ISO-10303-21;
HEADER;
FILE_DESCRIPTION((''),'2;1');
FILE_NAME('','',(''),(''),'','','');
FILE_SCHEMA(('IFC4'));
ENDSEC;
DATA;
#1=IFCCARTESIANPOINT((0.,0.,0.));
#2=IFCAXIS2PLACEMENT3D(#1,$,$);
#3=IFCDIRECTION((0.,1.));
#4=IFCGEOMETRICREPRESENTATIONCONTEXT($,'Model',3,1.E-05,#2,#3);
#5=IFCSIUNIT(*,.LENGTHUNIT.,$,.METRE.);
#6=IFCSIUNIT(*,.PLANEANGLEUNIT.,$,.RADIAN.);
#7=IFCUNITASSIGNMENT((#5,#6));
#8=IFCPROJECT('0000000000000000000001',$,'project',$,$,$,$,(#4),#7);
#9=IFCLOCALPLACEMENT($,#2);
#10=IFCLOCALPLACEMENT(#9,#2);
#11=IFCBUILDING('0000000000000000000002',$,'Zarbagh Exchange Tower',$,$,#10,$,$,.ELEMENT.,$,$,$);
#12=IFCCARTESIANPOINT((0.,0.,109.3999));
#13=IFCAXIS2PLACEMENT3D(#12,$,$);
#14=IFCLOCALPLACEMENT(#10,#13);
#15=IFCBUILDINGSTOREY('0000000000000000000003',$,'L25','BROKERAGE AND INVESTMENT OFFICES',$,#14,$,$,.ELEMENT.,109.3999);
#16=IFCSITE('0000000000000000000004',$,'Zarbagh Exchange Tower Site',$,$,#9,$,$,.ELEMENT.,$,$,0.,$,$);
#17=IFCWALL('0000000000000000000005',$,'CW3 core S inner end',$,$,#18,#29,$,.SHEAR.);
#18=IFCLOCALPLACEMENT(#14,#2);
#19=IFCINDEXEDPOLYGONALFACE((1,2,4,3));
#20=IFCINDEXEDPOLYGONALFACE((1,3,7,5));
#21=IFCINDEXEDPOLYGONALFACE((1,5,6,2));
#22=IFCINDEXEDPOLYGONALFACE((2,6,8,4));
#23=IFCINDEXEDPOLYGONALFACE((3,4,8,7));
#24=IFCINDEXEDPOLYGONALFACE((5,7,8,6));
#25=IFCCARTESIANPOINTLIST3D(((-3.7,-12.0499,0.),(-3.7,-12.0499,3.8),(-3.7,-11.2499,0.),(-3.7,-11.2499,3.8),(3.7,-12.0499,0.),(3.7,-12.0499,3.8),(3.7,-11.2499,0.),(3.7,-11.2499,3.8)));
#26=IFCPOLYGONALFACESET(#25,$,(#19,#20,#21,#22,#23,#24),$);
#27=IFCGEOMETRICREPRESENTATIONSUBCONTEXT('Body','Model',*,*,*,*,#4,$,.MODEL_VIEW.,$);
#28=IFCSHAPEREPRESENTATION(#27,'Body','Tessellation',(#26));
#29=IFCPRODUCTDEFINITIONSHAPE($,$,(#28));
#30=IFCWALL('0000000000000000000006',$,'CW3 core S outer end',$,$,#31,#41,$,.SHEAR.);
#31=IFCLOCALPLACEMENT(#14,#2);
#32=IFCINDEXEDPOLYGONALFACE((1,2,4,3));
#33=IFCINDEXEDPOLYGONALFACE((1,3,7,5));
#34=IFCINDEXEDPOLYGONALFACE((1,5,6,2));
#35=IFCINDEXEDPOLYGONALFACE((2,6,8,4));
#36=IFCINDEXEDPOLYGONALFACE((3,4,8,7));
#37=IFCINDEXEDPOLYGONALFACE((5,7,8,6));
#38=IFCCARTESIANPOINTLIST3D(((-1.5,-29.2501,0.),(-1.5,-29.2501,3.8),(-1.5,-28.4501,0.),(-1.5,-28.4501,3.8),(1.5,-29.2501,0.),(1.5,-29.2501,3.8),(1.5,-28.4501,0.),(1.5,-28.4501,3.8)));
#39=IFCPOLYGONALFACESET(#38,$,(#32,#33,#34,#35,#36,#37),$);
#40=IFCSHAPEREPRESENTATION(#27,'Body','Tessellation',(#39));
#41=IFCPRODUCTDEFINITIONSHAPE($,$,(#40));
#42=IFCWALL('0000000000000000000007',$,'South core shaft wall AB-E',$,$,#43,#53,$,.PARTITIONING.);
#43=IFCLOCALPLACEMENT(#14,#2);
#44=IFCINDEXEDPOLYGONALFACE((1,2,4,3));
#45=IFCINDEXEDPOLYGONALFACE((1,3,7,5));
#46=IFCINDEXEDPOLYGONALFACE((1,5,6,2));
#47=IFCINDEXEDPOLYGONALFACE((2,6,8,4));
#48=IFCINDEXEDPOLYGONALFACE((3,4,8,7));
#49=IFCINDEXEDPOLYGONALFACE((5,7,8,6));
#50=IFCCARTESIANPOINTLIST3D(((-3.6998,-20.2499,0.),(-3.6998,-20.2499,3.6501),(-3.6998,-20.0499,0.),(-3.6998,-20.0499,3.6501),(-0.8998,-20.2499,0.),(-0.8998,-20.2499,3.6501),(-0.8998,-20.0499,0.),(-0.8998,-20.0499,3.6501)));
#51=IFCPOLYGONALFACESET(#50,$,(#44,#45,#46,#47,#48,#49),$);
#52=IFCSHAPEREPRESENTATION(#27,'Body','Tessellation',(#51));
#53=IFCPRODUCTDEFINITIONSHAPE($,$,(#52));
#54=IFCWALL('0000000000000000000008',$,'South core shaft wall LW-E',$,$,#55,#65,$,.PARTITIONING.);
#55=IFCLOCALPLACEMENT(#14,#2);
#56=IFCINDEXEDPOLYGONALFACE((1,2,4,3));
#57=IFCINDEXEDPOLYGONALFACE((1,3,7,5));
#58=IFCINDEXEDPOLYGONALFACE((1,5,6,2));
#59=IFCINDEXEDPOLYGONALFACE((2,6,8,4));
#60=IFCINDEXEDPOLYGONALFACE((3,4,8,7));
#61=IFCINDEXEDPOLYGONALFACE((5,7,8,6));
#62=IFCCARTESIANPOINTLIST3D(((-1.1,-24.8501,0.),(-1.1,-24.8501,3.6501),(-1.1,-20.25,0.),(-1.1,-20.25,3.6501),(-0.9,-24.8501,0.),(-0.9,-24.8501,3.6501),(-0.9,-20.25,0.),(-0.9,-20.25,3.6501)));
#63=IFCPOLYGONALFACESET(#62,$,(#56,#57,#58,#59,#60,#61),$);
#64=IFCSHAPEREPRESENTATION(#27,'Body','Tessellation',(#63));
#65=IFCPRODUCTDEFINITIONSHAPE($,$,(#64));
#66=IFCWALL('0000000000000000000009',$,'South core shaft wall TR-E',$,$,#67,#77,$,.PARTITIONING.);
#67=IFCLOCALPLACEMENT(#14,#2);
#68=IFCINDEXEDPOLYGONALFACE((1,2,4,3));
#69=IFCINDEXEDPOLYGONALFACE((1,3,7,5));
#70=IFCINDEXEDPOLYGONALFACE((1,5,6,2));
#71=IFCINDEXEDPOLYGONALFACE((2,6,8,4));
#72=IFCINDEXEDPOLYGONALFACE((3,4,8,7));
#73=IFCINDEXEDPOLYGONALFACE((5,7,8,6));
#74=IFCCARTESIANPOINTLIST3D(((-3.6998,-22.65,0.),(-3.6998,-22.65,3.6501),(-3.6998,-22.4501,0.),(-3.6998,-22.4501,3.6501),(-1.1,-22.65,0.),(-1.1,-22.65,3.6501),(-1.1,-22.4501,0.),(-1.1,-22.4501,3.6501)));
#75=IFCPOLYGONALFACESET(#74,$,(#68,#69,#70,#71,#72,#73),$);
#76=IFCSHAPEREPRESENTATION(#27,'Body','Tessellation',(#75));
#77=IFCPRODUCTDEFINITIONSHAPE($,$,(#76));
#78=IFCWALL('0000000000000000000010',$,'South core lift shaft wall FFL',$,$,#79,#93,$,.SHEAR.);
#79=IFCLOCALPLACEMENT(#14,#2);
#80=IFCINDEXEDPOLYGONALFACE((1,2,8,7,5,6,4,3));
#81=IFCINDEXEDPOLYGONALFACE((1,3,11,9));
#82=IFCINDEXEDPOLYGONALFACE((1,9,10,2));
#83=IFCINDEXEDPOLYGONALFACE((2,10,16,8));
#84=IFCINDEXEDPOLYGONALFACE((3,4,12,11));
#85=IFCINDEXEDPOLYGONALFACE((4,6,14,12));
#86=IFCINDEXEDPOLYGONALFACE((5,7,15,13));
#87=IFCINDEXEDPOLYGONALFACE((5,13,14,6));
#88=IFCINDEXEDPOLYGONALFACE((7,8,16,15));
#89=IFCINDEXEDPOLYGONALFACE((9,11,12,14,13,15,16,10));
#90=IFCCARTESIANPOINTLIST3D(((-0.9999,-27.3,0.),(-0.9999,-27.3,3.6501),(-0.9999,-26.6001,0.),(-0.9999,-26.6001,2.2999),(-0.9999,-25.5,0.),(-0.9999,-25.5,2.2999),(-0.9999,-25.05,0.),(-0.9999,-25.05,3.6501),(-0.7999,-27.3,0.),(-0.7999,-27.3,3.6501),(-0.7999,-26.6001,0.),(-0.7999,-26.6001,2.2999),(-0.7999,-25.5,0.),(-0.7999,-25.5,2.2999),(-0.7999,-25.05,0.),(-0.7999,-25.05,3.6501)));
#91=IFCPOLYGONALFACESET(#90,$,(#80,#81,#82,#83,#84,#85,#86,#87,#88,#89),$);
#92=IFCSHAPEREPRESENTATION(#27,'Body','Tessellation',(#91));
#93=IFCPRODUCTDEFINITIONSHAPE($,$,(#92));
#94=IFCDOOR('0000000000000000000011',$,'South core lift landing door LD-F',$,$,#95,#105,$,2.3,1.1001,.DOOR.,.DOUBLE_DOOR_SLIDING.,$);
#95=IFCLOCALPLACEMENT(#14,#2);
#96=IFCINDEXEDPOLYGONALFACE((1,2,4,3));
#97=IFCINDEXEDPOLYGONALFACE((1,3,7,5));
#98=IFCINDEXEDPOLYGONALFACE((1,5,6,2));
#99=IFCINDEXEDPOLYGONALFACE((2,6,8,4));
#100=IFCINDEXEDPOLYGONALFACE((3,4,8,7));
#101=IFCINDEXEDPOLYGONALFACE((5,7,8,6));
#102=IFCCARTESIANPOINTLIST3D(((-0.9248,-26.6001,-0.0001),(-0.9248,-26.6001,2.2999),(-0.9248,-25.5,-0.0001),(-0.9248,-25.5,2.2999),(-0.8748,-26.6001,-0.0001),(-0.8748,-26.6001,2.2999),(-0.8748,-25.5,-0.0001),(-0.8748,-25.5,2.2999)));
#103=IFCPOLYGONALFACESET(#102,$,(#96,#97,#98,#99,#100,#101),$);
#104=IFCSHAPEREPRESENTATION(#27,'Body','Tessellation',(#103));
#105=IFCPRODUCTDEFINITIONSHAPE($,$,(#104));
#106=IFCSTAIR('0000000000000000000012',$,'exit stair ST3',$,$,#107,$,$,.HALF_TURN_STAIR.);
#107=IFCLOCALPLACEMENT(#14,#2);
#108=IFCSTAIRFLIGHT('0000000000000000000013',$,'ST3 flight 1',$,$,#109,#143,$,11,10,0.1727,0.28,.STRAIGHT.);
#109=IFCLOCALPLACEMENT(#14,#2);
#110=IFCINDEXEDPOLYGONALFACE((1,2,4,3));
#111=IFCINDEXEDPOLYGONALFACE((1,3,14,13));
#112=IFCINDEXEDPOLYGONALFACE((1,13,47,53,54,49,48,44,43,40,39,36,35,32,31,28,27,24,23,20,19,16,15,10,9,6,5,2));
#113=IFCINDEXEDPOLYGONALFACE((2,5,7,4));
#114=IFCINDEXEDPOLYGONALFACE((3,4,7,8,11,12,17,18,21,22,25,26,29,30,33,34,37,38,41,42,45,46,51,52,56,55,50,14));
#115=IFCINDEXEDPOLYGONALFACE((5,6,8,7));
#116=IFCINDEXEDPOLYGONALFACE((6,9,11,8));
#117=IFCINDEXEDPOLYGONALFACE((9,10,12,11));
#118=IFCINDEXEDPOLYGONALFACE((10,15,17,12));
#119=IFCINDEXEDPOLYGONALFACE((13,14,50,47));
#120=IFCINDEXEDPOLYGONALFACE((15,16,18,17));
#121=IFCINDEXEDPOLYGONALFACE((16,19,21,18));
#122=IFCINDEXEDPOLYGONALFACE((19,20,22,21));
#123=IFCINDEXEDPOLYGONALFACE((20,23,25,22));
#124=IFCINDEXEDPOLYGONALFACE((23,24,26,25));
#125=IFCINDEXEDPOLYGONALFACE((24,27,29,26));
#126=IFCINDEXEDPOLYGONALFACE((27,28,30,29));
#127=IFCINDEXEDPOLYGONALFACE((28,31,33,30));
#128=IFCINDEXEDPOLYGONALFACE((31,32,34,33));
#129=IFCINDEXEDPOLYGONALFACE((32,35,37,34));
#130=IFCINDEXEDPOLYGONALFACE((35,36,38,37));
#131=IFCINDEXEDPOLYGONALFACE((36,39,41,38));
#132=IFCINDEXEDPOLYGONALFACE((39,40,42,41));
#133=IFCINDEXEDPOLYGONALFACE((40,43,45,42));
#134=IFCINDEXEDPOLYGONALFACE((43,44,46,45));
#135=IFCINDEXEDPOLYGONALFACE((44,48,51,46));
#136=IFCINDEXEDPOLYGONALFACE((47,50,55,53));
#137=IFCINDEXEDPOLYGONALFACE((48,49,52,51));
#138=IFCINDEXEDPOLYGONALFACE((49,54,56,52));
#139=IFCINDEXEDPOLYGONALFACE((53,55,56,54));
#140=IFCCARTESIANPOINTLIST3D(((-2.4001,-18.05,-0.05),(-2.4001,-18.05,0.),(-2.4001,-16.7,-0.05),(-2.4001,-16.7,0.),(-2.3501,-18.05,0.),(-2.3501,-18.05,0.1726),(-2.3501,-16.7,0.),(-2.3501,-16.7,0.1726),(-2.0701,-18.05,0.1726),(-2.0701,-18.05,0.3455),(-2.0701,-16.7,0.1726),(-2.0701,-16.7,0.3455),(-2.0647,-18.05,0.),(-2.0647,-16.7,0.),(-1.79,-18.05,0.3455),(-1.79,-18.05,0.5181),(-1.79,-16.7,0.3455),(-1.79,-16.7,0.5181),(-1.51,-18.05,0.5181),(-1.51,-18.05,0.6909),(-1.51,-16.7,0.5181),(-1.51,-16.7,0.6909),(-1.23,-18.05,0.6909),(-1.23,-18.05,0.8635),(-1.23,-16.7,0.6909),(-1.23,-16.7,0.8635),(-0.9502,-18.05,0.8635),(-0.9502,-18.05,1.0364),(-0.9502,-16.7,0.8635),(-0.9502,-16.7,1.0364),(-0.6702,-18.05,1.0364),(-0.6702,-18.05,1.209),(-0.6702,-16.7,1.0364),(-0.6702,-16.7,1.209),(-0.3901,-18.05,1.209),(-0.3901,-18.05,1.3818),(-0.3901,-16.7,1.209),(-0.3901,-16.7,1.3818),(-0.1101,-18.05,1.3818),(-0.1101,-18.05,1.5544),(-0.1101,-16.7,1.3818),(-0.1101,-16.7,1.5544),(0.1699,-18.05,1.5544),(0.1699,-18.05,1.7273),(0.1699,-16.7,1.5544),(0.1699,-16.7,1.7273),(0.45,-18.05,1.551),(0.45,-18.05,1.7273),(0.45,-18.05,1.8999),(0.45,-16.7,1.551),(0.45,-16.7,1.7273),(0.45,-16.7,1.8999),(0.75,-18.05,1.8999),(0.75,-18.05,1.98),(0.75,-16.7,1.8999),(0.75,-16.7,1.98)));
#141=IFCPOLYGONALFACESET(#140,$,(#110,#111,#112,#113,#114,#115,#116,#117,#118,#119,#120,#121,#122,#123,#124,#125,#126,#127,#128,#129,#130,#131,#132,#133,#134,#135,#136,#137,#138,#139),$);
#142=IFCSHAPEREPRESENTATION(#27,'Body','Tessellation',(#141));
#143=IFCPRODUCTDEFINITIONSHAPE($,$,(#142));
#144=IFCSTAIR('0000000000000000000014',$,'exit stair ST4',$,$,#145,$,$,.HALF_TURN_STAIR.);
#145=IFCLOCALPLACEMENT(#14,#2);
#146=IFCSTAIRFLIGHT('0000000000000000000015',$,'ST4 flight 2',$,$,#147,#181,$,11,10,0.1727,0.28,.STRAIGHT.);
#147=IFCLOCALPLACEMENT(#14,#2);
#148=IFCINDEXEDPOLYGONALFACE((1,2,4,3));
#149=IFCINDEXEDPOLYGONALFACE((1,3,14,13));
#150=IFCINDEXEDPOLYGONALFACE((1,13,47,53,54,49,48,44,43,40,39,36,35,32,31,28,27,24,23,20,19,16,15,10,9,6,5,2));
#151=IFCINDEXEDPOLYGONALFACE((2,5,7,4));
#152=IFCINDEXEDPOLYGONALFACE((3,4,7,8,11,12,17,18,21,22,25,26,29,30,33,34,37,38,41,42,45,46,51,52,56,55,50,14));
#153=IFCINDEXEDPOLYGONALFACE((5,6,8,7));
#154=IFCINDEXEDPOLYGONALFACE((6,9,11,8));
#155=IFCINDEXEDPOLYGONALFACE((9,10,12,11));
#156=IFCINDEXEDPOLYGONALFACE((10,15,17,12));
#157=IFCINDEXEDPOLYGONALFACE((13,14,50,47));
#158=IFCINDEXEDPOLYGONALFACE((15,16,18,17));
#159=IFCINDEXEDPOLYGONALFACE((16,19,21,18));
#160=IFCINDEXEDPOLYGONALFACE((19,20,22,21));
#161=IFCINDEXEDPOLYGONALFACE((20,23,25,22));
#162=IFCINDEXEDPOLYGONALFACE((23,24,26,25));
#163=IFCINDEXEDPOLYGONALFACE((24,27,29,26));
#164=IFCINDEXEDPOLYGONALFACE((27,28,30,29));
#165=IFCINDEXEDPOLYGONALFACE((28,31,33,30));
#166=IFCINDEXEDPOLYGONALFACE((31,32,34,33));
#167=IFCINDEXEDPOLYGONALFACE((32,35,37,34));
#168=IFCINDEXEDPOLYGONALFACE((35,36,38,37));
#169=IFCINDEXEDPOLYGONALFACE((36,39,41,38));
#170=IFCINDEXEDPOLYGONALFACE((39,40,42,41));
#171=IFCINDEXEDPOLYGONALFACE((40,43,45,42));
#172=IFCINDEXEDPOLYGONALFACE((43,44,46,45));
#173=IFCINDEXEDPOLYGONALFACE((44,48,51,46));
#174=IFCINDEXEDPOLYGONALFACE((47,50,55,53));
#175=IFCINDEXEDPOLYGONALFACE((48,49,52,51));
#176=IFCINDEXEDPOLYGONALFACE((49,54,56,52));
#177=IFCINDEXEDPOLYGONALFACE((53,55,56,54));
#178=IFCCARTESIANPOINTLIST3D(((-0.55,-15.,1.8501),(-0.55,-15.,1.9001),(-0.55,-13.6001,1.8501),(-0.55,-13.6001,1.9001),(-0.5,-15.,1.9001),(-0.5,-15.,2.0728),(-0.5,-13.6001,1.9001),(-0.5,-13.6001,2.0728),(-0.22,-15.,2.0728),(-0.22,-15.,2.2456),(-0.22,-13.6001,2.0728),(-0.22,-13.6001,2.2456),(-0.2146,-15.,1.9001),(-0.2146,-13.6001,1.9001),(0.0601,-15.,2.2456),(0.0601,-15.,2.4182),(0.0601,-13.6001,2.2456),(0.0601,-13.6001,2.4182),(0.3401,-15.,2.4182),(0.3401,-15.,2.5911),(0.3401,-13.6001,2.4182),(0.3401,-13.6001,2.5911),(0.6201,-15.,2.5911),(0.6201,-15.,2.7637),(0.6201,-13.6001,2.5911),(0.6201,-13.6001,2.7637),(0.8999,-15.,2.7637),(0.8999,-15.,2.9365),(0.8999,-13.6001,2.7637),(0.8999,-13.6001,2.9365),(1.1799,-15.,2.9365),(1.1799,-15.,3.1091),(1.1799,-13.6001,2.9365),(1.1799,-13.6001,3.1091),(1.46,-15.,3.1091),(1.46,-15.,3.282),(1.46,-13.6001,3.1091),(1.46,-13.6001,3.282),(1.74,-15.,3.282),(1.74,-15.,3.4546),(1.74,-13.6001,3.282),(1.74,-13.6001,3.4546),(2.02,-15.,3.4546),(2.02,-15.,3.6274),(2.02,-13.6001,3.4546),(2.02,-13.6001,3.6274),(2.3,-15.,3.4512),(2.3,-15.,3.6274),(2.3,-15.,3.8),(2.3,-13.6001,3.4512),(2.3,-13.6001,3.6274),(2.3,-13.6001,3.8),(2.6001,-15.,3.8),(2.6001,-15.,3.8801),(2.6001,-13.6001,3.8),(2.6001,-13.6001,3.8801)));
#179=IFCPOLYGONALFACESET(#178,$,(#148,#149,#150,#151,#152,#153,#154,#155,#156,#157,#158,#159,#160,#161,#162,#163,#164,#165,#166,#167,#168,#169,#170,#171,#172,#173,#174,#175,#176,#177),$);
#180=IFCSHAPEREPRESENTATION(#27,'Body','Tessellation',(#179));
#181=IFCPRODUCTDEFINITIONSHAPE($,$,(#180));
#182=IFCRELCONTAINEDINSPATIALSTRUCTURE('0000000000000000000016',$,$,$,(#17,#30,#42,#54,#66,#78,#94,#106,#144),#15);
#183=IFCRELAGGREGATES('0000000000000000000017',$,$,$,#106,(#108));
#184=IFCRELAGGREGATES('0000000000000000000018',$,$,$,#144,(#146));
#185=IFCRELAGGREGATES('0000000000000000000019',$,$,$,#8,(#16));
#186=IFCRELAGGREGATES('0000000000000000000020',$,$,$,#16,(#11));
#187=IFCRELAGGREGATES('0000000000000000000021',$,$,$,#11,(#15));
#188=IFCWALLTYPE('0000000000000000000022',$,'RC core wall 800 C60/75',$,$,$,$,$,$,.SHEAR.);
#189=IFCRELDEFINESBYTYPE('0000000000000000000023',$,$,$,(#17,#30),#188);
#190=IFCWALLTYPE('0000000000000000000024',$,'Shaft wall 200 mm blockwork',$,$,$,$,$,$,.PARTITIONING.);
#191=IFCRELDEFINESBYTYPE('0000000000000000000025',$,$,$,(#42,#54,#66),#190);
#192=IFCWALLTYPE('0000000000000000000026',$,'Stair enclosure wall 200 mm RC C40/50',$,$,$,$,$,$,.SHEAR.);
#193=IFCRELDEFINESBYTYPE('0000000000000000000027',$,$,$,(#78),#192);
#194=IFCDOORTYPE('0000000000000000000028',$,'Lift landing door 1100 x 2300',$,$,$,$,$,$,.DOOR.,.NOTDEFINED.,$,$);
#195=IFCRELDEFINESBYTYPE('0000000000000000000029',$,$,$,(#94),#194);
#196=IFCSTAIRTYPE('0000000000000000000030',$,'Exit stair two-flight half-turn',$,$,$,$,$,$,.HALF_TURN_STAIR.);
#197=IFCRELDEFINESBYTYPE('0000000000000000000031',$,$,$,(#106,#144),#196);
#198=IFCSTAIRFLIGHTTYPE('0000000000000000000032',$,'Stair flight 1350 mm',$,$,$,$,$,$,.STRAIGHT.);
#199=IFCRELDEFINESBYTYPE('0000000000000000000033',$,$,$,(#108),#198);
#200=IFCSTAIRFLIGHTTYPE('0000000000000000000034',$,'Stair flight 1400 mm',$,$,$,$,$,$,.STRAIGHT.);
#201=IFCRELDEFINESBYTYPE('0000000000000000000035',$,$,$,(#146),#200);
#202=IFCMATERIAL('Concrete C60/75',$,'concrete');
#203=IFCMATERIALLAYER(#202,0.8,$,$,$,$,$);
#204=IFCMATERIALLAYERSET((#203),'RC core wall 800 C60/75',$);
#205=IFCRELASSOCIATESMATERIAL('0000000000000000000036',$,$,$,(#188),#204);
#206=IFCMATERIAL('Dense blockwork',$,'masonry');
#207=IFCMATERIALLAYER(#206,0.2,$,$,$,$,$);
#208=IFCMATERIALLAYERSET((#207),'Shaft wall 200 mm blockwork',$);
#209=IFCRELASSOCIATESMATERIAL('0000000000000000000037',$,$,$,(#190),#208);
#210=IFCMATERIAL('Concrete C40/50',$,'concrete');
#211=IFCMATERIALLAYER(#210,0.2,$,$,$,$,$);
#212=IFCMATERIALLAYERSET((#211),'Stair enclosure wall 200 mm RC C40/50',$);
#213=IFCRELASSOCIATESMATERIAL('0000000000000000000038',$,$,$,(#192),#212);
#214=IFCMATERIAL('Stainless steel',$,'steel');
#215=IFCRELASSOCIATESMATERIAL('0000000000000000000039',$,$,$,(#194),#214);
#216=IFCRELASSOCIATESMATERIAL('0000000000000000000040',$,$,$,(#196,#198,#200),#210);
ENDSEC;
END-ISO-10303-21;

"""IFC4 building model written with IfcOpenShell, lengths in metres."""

from ifc_helpers import new_model, si_unit, direction, frame, frame_2d, origin, place, context, subcontext, project, spatial, polyline, rectangle, outline, extrude, material, layer, layer_set, type_object, element, fill, aggregate, save


model = new_model("IFC4")

# Units and contexts
model_context = context("Model", 3, precision=1e-05, world=origin(), true_north=direction((0.0, 1.0)))
body_context = subcontext(model_context, "Body", "Model", "MODEL_VIEW")
ifc_project = project(units=[si_unit("LENGTHUNIT", "METRE"), si_unit("PLANEANGLEUNIT", "RADIAN")], contexts=[model_context])

# Site, building, storey
site_placement = place(None, origin())
site = spatial("IfcSite", under=ifc_project, at=site_placement, Name="Zarbagh Exchange Tower Site", CompositionType="ELEMENT", RefElevation=0.0)
building_placement = place(site_placement, origin())
building = spatial("IfcBuilding", under=site, at=building_placement, Name="Zarbagh Exchange Tower", CompositionType="ELEMENT")
storey_placement = place(building_placement, frame((0.0, 0.0, 109.3999)))
storey = spatial("IfcBuildingStorey", under=building, at=storey_placement, Name="L25", Description="BROKERAGE AND INVESTMENT OFFICES", CompositionType="ELEMENT", Elevation=109.3999)

# Shared definitions
ifc_material_1 = material(Name="Concrete C60/75", Category="concrete")

# Shared definitions
ifc_material_2 = material(Name="Concrete C40/50", Category="concrete")

# Shared definitions
ifc_layer_1 = layer(ifc_material_1, 0.8)
ifc_layer_set_1 = layer_set([ifc_layer_1], Name="RC core wall 800 C60/75")
wall_type_1 = type_object("IfcWallType", Name="RC core wall 800 C60/75", PredefinedType="SHEAR", material=ifc_layer_set_1)

# Walls
wall_1_placement = place(storey_placement, frame((-3.7, -11.6499, 0.0), z_axis=(0.0, 0.0, 1.0), x_axis=(1.0, 0.0, 0.0)))
element("IfcWall", 1, at=wall_1_placement, inside=storey, type_object=wall_type_1, Name="CW3 core S inner end", PredefinedType="SHEAR", context=body_context, shape_type="SweptSolid", body=[
    extrude(rectangle(XDim=7.3999, YDim=0.8, at=frame_2d((3.7, 0.0))), origin(), (0.0, 0.0, 1.0), 3.8),
])
wall_2_placement = place(storey_placement, frame((-1.5, -28.8501, 0.0), z_axis=(0.0, 0.0, 1.0), x_axis=(1.0, 0.0, 0.0)))
element("IfcWall", 2, at=wall_2_placement, inside=storey, type_object=wall_type_1, Name="CW3 core S outer end", PredefinedType="SHEAR", context=body_context, shape_type="SweptSolid", body=[
    extrude(rectangle(XDim=3.0, YDim=0.8, at=frame_2d((1.5, 0.0))), origin(), (0.0, 0.0, 1.0), 3.8),
])
ifc_material_3 = material(Name="Dense blockwork", Category="masonry")
ifc_layer_2 = layer(ifc_material_3, 0.2)
ifc_layer_set_2 = layer_set([ifc_layer_2], Name="Shaft wall 200 mm blockwork")
wall_type_2 = type_object("IfcWallType", Name="Shaft wall 200 mm blockwork", PredefinedType="PARTITIONING", material=ifc_layer_set_2)
wall_3_placement = place(storey_placement, frame((-0.8999, -20.1499, 0.0), z_axis=(0.0, 0.0, 1.0), x_axis=(-1.0, 0.0, 0.0)))
element("IfcWall", 3, at=wall_3_placement, inside=storey, type_object=wall_type_2, Name="South core shaft wall AB-E", PredefinedType="PARTITIONING", context=body_context, shape_type="SweptSolid", body=[
    extrude(rectangle(XDim=2.8, YDim=0.2, at=frame_2d((1.3999, 0.0))), origin(), (0.0, 0.0, 1.0), 3.6501),
])
wall_4_placement = place(storey_placement, frame((-1.0, -24.8501, 0.0), z_axis=(0.0, 0.0, 1.0), x_axis=(0.0, 1.0, 0.0)))
element("IfcWall", 4, at=wall_4_placement, inside=storey, type_object=wall_type_2, Name="South core shaft wall LW-E", PredefinedType="PARTITIONING", context=body_context, shape_type="SweptSolid", body=[
    extrude(rectangle(XDim=4.6001, YDim=0.2, at=frame_2d((2.3, 0.0))), origin(), (0.0, 0.0, 1.0), 3.6501),
])
wall_5_placement = place(storey_placement, frame((-1.1001, -22.55, 0.0), z_axis=(0.0, 0.0, 1.0), x_axis=(-1.0, 0.0, 0.0)))
element("IfcWall", 5, at=wall_5_placement, inside=storey, type_object=wall_type_2, Name="South core shaft wall TR-E", PredefinedType="PARTITIONING", context=body_context, shape_type="SweptSolid", body=[
    extrude(rectangle(XDim=2.5999, YDim=0.2, at=frame_2d((1.2998, 0.0))), origin(), (0.0, 0.0, 1.0), 3.6501),
])

# Wall, opening, door
ifc_layer_3 = layer(ifc_material_2, 0.2)
ifc_layer_set_3 = layer_set([ifc_layer_3], Name="Stair enclosure wall 200 mm RC C40/50")
wall_type_3 = type_object("IfcWallType", Name="Stair enclosure wall 200 mm RC C40/50", PredefinedType="SHEAR", material=ifc_layer_set_3)
wall_6_placement = place(storey_placement, frame((-0.8999, -27.3, 0.0), z_axis=(0.0, 0.0, 1.0), x_axis=(0.0, 1.0, 0.0)))
wall_6 = element("IfcWall", 6, at=wall_6_placement, inside=storey, type_object=wall_type_3, Name="South core lift shaft wall FFL", PredefinedType="SHEAR", context=body_context, shape_type="SweptSolid", body=[
    extrude(rectangle(XDim=2.25, YDim=0.2, at=frame_2d((1.125, 0.0))), origin(), (0.0, 0.0, 1.0), 3.6501),
])
opening_1_placement = place(wall_6_placement, frame((0.7, 0.0, 0.0)))
opening_1 = element("IfcOpeningElement", 7, at=opening_1_placement, cuts=wall_6, PredefinedType="OPENING", context=body_context, shape_type="SweptSolid", body=[
    extrude(rectangle(XDim=1.1001, YDim=2.3, at=frame_2d((0.55, 1.1499))), frame((0.0, 0.1099, 0.0), z_axis=(0.0, -1.0, 0.0), x_axis=(1.0, 0.0, 0.0)), (0.0, 0.0, 1.0), 0.22),
])
ifc_material_4 = material(Name="Stainless steel", Category="steel")
door_type_1 = type_object("IfcDoorType", Name="Lift landing door 1100 x 2300", OperationType="NOTDEFINED", PredefinedType="DOOR", material=ifc_material_4)
door_1_placement = place(opening_1_placement, origin())
door_1 = element("IfcDoor", 8, at=door_1_placement, inside=storey, type_object=door_type_1, Name="South core lift landing door LD-F", OperationType="DOUBLE_DOOR_SLIDING", OverallHeight=2.3, OverallWidth=1.1001, PredefinedType="DOOR", context=body_context, shape_type="SweptSolid", body=[
    extrude(rectangle(XDim=1.1001, YDim=2.3, at=frame_2d((0.55, 1.1499))), frame((0.0, 0.0249, 0.0), z_axis=(0.0, -1.0, 0.0), x_axis=(1.0, 0.0, 0.0)), (0.0, 0.0, 1.0), 0.05),
])
fill(opening_1, door_1)

# Stairs, stair flights
stair_type = type_object("IfcStairType", Name="Exit stair two-flight half-turn", PredefinedType="HALF_TURN_STAIR", material=ifc_material_2)
stair_1_placement = place(storey_placement, origin())
stair_1 = element("IfcStair", 9, at=stair_1_placement, inside=storey, type_object=stair_type, Name="exit stair ST3", PredefinedType="HALF_TURN_STAIR")
stair_flight_type_1 = type_object("IfcStairFlightType", Name="Stair flight 1350 mm", PredefinedType="STRAIGHT", material=ifc_material_2)
stair_flight_1_placement = place(storey_placement, frame((-2.3501, -17.375, 0.0), z_axis=(0.0, 0.0, 1.0), x_axis=(1.0, 0.0, 0.0)))
stair_flight_1 = element("IfcStairFlight", 10, at=stair_flight_1_placement, type_object=stair_flight_type_1, Name="ST3 flight 1", NumberOfRisers=11, NumberOfTreads=10, PredefinedType="STRAIGHT", RiserHeight=0.1727, TreadLength=0.28, context=body_context, shape_type="SweptSolid", body=[
    extrude(outline(polyline([(-0.05, -0.05), (-0.05, 0.0), (0.0, 0.0), (0.0, 0.1726), (0.28, 0.1726), (0.28, 0.3455), (0.5601, 0.3455), (0.5601, 0.5181), (0.8401, 0.5181), (0.8401, 0.6909), (1.1201, 0.6909), (1.1201, 0.8635), (1.3999, 0.8635), (1.3999, 1.0364), (1.6799, 1.0364), (1.6799, 1.209), (1.96, 1.209), (1.96, 1.3818), (2.24, 1.3818), (2.24, 1.5544), (2.52, 1.5544), (2.52, 1.7273), (2.8, 1.7273), (2.8, 1.8999), (3.1001, 1.98), (3.1001, 1.8999), (2.8, 1.551), (0.2854, 0.0), (-0.05, -0.05)])), frame((0.0, 0.675, 0.0), z_axis=(0.0, -1.0, 0.0), x_axis=(1.0, 0.0, 0.0)), (0.0, 0.0, 1.0), 1.3501),
])
aggregate(stair_1, [stair_flight_1])
stair_2_placement = place(storey_placement, origin())
stair_2 = element("IfcStair", 11, at=stair_2_placement, inside=storey, type_object=stair_type, Name="exit stair ST4", PredefinedType="HALF_TURN_STAIR")
stair_flight_type_2 = type_object("IfcStairFlightType", Name="Stair flight 1400 mm", PredefinedType="STRAIGHT", material=ifc_material_2)
stair_flight_2_placement = place(storey_placement, frame((-0.5, -14.3, 1.9001), z_axis=(0.0, 0.0, 1.0), x_axis=(1.0, 0.0, 0.0)))
stair_flight_2 = element("IfcStairFlight", 12, at=stair_flight_2_placement, type_object=stair_flight_type_2, Name="ST4 flight 2", NumberOfRisers=11, NumberOfTreads=10, PredefinedType="STRAIGHT", RiserHeight=0.1727, TreadLength=0.28, context=body_context, shape_type="SweptSolid", body=[
    extrude(outline(polyline([(-0.05, -0.05), (-0.05, 0.0), (0.0, 0.0), (0.0, 0.1726), (0.28, 0.1726), (0.28, 0.3455), (0.5601, 0.3455), (0.5601, 0.5181), (0.8401, 0.5181), (0.8401, 0.6909), (1.1201, 0.6909), (1.1201, 0.8635), (1.3999, 0.8635), (1.3999, 1.0364), (1.6799, 1.0364), (1.6799, 1.209), (1.96, 1.209), (1.96, 1.3818), (2.24, 1.3818), (2.24, 1.5544), (2.52, 1.5544), (2.52, 1.7273), (2.8, 1.7273), (2.8, 1.8999), (3.1001, 1.98), (3.1001, 1.8999), (2.8, 1.551), (0.2854, 0.0), (-0.05, -0.05)])), frame((0.0, 0.7, 0.0), z_axis=(0.0, -1.0, 0.0), x_axis=(1.0, 0.0, 0.0)), (0.0, 0.0, 1.0), 1.3999),
])
aggregate(stair_2, [stair_flight_2])

save(model, "model.ifc")
